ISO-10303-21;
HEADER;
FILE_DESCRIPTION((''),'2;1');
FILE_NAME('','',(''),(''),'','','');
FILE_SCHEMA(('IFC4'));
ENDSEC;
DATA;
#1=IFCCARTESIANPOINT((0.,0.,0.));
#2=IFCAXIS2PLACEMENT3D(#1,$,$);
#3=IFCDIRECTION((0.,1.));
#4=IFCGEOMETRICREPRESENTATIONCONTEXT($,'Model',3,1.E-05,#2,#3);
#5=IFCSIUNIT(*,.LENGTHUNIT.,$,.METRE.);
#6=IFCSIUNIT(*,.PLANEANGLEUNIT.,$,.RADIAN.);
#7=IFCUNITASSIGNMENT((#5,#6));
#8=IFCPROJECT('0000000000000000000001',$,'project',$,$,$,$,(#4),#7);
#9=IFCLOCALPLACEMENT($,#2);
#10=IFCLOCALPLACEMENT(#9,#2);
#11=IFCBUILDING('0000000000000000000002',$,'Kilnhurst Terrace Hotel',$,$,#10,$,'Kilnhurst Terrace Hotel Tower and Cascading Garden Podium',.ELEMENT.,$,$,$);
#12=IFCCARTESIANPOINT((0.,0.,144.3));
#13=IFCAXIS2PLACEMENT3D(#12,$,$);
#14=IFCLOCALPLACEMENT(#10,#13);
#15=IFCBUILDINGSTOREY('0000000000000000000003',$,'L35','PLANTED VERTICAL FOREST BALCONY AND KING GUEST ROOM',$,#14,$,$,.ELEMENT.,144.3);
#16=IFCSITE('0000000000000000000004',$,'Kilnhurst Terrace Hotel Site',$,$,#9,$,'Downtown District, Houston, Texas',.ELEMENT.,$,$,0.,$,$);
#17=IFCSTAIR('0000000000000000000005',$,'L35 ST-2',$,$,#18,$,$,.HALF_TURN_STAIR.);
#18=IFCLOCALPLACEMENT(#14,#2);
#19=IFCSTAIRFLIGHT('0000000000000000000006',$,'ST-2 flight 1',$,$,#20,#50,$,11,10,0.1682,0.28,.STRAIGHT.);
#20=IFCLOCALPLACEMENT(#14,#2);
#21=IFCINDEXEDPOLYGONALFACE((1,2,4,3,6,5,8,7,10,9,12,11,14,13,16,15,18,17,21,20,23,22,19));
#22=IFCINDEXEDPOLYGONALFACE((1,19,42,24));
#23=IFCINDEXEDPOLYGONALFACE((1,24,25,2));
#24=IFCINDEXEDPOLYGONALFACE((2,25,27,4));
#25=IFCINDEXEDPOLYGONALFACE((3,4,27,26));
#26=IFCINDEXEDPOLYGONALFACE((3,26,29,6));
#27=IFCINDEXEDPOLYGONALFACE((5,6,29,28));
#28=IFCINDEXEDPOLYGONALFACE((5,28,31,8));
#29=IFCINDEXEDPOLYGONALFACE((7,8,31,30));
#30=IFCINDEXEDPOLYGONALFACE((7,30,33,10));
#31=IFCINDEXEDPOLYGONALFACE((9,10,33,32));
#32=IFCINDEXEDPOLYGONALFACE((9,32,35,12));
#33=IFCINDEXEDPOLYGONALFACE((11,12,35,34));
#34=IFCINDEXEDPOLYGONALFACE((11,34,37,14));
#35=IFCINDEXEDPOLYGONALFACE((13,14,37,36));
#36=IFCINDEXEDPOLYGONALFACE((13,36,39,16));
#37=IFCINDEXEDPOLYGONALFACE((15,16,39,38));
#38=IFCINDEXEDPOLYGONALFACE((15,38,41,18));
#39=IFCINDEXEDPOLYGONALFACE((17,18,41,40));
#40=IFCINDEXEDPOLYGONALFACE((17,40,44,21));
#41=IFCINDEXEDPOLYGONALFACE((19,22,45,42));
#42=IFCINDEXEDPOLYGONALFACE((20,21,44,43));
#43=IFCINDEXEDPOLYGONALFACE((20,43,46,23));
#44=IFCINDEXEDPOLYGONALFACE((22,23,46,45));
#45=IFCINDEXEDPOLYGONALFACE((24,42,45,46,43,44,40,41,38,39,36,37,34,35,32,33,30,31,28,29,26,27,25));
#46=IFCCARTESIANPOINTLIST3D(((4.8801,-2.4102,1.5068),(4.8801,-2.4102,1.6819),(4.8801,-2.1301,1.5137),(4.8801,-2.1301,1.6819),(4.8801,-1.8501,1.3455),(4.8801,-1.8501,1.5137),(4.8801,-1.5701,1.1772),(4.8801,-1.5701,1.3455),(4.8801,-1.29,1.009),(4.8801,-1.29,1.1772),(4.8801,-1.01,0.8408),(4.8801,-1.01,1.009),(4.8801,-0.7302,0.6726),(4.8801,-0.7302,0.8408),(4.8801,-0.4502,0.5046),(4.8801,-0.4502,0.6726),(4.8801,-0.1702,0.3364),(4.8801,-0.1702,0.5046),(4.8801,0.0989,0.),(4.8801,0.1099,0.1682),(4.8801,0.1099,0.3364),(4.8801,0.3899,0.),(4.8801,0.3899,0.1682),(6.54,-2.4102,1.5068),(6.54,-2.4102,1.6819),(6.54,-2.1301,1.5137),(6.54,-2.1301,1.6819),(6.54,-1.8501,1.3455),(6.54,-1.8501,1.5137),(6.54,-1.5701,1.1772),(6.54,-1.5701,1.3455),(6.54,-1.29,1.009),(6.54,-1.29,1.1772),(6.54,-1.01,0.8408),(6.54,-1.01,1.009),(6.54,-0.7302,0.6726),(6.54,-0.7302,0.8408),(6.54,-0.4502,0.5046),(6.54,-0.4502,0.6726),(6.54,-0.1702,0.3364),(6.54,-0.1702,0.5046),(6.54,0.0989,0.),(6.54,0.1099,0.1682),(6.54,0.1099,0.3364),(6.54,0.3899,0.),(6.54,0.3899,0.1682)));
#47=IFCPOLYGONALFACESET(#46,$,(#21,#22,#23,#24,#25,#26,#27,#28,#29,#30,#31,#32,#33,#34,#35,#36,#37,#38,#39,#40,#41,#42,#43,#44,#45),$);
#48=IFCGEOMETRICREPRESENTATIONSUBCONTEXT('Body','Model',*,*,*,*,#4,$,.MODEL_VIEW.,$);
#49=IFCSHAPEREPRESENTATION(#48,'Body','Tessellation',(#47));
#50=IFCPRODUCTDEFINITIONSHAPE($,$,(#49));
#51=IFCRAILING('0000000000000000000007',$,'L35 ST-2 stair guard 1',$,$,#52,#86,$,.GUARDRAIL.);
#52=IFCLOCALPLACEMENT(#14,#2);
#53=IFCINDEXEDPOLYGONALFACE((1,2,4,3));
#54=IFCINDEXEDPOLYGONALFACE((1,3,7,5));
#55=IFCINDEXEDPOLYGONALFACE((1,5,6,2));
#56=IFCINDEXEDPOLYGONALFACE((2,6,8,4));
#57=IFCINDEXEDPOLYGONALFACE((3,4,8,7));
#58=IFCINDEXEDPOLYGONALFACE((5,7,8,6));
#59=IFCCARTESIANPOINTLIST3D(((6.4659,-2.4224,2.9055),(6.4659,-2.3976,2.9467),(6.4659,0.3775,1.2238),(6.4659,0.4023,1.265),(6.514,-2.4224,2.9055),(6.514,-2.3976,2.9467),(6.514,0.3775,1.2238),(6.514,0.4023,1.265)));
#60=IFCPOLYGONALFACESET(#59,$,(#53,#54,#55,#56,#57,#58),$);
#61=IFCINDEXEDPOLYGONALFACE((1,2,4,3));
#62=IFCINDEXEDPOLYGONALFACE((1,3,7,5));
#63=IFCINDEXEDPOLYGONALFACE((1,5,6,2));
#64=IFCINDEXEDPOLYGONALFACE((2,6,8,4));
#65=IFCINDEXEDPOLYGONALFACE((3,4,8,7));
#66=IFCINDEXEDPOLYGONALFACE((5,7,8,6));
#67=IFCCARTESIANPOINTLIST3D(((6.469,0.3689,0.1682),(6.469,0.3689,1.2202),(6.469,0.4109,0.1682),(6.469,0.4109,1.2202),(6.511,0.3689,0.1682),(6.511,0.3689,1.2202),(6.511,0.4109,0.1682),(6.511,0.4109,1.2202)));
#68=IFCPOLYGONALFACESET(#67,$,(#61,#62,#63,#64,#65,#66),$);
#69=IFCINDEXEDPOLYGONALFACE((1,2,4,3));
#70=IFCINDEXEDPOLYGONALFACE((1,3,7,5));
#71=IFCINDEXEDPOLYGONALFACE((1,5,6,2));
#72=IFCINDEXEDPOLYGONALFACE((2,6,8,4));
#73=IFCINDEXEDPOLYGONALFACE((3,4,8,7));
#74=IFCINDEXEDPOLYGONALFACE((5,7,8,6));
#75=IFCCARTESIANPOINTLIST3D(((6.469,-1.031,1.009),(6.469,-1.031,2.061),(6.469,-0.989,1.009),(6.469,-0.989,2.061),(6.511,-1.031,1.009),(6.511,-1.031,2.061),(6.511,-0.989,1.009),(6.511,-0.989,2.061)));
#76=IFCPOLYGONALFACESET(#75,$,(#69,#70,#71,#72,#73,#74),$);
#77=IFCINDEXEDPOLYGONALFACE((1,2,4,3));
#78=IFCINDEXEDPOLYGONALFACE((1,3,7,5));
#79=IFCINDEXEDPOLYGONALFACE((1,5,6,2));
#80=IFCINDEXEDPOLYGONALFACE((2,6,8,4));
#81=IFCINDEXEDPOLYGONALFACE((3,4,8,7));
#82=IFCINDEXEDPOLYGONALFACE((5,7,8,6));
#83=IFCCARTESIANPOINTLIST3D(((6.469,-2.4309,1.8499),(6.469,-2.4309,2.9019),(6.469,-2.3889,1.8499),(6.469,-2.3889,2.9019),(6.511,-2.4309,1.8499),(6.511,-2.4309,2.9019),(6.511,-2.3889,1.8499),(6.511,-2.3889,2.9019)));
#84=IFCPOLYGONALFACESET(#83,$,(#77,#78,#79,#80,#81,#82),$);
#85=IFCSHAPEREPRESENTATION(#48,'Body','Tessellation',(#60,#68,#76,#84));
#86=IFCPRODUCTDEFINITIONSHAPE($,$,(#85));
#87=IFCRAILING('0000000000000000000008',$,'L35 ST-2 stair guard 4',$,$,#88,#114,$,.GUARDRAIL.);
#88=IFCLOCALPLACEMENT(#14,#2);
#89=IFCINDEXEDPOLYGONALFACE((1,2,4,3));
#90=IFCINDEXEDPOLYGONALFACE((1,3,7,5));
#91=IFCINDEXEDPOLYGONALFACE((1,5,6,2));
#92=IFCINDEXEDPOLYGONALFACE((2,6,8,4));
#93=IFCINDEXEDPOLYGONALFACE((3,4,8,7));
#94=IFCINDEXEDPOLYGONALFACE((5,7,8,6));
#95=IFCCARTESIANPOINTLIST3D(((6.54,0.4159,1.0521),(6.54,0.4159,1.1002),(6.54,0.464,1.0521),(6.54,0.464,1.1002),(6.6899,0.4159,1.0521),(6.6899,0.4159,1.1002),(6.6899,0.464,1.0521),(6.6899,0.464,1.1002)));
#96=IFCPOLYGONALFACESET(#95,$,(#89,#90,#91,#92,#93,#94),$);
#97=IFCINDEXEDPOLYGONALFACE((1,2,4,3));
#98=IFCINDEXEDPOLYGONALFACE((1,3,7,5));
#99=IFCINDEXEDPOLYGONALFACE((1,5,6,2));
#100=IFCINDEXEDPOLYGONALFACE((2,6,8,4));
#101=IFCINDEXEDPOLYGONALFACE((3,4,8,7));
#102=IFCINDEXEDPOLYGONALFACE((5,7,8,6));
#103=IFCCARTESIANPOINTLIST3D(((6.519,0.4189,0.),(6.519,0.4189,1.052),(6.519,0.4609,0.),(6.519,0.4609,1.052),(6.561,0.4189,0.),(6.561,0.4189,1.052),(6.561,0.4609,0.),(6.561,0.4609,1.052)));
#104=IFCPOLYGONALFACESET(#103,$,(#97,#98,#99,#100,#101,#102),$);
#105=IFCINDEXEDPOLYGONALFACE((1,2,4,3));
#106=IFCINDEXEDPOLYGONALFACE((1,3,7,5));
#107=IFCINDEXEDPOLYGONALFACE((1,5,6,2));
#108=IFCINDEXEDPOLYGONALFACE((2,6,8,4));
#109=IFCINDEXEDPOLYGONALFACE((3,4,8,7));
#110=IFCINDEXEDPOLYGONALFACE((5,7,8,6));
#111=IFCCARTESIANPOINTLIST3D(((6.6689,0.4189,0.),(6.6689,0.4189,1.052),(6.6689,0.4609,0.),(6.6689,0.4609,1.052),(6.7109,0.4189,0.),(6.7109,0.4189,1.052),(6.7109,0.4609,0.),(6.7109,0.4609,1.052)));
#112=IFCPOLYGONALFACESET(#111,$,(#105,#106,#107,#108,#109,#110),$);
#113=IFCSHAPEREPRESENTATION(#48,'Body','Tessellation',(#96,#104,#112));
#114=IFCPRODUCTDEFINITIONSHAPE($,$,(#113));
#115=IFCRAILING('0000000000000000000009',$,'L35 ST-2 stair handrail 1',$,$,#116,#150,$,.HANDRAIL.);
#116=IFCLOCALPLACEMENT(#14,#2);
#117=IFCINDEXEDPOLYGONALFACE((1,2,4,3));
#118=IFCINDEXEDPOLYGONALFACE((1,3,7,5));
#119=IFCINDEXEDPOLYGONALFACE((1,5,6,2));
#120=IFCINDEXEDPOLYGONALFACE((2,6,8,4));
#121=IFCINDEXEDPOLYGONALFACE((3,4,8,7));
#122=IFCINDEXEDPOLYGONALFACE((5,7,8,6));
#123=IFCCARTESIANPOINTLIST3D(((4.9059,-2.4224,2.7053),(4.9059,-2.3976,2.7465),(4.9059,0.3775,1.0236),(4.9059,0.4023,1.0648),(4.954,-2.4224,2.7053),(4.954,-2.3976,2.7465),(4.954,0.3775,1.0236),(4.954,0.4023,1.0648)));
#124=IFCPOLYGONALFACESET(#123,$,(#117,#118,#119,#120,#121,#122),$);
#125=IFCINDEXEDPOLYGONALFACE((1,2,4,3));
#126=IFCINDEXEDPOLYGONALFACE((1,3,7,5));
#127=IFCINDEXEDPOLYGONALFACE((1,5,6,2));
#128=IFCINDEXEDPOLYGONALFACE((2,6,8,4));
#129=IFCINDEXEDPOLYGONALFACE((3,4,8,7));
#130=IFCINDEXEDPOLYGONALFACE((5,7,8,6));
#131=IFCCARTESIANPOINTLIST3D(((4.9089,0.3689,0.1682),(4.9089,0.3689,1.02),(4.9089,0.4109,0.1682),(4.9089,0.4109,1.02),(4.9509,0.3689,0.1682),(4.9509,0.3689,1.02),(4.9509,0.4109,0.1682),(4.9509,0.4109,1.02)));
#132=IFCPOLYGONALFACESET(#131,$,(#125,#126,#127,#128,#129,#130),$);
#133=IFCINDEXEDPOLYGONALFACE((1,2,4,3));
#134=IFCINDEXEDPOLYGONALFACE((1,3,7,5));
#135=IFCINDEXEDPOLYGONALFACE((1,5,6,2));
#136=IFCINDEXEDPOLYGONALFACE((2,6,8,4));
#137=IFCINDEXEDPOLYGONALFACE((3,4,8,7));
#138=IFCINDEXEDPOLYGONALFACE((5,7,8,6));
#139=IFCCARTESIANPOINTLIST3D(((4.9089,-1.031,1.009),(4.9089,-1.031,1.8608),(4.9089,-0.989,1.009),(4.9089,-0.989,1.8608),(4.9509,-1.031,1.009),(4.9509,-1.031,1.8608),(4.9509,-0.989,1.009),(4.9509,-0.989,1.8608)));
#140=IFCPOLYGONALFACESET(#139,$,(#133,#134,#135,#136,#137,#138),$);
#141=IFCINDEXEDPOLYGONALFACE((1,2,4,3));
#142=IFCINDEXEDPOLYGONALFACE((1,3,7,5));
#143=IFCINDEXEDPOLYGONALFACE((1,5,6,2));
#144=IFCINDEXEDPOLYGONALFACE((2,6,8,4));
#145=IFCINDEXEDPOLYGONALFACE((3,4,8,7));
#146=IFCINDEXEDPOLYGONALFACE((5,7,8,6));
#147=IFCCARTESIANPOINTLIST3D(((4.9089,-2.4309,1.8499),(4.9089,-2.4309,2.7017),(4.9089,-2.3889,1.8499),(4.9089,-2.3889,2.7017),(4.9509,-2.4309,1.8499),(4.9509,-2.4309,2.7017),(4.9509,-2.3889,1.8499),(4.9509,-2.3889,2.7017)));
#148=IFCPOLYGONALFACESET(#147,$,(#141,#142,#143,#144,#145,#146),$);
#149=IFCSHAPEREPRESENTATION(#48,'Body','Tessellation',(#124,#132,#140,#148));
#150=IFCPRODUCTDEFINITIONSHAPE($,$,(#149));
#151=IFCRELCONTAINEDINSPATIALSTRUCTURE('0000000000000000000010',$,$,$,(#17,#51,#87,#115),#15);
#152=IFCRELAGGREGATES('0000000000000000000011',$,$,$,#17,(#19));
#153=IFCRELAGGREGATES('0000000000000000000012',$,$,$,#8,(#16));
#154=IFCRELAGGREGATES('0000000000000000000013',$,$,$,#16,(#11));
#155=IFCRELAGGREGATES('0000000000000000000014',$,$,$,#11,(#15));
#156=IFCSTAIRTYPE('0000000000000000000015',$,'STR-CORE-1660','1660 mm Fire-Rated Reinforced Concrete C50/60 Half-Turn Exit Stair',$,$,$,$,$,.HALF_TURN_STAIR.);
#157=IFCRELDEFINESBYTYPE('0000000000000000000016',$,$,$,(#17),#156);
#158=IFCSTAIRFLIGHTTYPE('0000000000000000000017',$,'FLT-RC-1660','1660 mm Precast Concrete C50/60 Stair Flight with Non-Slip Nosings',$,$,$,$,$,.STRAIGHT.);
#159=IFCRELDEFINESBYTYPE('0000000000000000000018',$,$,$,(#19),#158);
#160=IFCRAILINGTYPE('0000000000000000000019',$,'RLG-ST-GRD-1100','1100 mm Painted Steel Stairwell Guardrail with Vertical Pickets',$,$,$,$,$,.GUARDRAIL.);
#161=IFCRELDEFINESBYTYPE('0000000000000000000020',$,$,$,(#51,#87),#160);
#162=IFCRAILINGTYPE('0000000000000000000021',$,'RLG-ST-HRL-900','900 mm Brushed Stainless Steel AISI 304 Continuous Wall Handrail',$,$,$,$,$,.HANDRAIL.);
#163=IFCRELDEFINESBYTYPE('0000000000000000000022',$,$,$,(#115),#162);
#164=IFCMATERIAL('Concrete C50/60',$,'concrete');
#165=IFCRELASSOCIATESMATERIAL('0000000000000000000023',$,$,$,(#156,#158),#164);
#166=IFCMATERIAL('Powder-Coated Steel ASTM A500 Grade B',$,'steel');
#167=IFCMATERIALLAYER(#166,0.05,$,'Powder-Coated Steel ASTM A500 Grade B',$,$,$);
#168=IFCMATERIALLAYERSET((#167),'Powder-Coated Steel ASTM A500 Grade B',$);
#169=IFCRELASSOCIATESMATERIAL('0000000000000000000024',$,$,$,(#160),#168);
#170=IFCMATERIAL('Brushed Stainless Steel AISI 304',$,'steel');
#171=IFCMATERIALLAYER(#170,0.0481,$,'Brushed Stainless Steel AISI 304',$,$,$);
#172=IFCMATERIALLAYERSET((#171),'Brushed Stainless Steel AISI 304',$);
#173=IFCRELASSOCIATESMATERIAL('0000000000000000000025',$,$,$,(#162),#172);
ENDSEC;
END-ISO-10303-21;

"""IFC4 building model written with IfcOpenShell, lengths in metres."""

from ifc_helpers import new_model, si_unit, direction, frame, origin, origin_2d, place, context, subcontext, project, spatial, polyline, rectangle, outline, extrude, material, layer, layer_set, type_object, element, aggregate, save


model = new_model("IFC4")

# Units and contexts
model_context = context("Model", 3, precision=1e-05, world=origin(), true_north=direction((0.0, 1.0)))
body_context = subcontext(model_context, "Body", "Model", "MODEL_VIEW")
ifc_project = project(units=[si_unit("LENGTHUNIT", "METRE"), si_unit("PLANEANGLEUNIT", "RADIAN")], contexts=[model_context])

# Site, building, storey
site_placement = place(None, origin())
site = spatial("IfcSite", under=ifc_project, at=site_placement, Name="Kilnhurst Terrace Hotel Site", LongName="Downtown District, Houston, Texas", CompositionType="ELEMENT", RefElevation=0.0)
building_placement = place(site_placement, origin())
building = spatial("IfcBuilding", under=site, at=building_placement, Name="Kilnhurst Terrace Hotel", LongName="Kilnhurst Terrace Hotel Tower and Cascading Garden Podium", CompositionType="ELEMENT")
storey_placement = place(building_placement, frame((0.0, 0.0, 144.3)))
storey = spatial("IfcBuildingStorey", under=building, at=storey_placement, Name="L35", Description="PLANTED VERTICAL FOREST BALCONY AND KING GUEST ROOM", CompositionType="ELEMENT", Elevation=144.3)

# Shared definitions
ifc_material_1 = material(Name="Concrete C50/60", Category="concrete")
stair_type = type_object("IfcStairType", Name="STR-CORE-1660", Description="1660 mm Fire-Rated Reinforced Concrete C50/60 Half-Turn Exit Stair", PredefinedType="HALF_TURN_STAIR", material=ifc_material_1)

# Stair, stair flight
stair_1_placement = place(storey_placement, origin())
stair_1 = element("IfcStair", 1, at=stair_1_placement, inside=storey, type_object=stair_type, Name="L35 ST-2", PredefinedType="HALF_TURN_STAIR")
stair_flight_type = type_object("IfcStairFlightType", Name="FLT-RC-1660", Description="1660 mm Precast Concrete C50/60 Stair Flight with Non-Slip Nosings", PredefinedType="STRAIGHT", material=ifc_material_1)
stair_flight_placement = place(storey_placement, frame((5.71, 0.3899, 0.0), z_axis=(0.0, 0.0, 1.0), x_axis=(0.0, -1.0, 0.0)))
stair_flight = element("IfcStairFlight", 2, at=stair_flight_placement, type_object=stair_flight_type, Name="ST-2 flight 1", NumberOfRisers=11, NumberOfTreads=10, PredefinedType="STRAIGHT", RiserHeight=0.1682, TreadLength=0.28, context=body_context, shape_type="SweptSolid", body=[
    extrude(outline(polyline([(0.0, 0.0), (0.0, 0.1682), (0.28, 0.1682), (0.28, 0.3364), (0.5601, 0.3364), (0.5601, 0.5046), (0.8401, 0.5046), (0.8401, 0.6726), (1.1201, 0.6726), (1.1201, 0.8408), (1.3999, 0.8408), (1.3999, 1.009), (1.6799, 1.009), (1.6799, 1.1772), (1.96, 1.1772), (1.96, 1.3455), (2.24, 1.3455), (2.24, 1.5137), (2.52, 1.5137), (2.52, 1.6819), (2.8, 1.6819), (2.8, 1.8501), (2.8, 1.5068), (0.291, 0.0), (0.0, 0.0)])), frame((0.0, 0.8301, 0.0), z_axis=(0.0, -1.0, 0.0), x_axis=(1.0, 0.0, 0.0)), (0.0, 0.0, 1.0), 1.6599),
])
aggregate(stair_1, [stair_flight])

# Railings
ifc_material_2 = material(Name="Powder-Coated Steel ASTM A500 Grade B", Category="steel")
ifc_layer_1 = layer(ifc_material_2, 0.05, Name="Powder-Coated Steel ASTM A500 Grade B")
ifc_layer_set_1 = layer_set([ifc_layer_1], Name="Powder-Coated Steel ASTM A500 Grade B")
railing_type_1 = type_object("IfcRailingType", Name="RLG-ST-GRD-1100", Description="1100 mm Painted Steel Stairwell Guardrail with Vertical Pickets", PredefinedType="GUARDRAIL", material=ifc_layer_set_1)
railing_1_placement = place(storey_placement, frame((6.49, 0.3899, 0.1682)))
element("IfcRailing", 3, at=railing_1_placement, inside=storey, type_object=railing_type_1, Name="L35 ST-2 stair guard 1", PredefinedType="GUARDRAIL", context=body_context, shape_type="SweptSolid", body=[
    extrude(rectangle(XDim=0.0481, YDim=0.0481, at=origin_2d()), frame((0.0, 0.0, 1.0762), z_axis=(0.0, -0.857255, 0.514891), x_axis=(1.0, 0.0, 0.0)), (0.0, 0.0, 1.0), 3.2661),
    extrude(rectangle(XDim=0.042, YDim=0.042, at=origin_2d()), origin(), (0.0, 0.0, 1.0), 1.052),
    extrude(rectangle(XDim=0.042, YDim=0.042, at=origin_2d()), frame((0.0, -1.3999, 0.8408)), (0.0, 0.0, 1.0), 1.052),
    extrude(rectangle(XDim=0.042, YDim=0.042, at=origin_2d()), frame((0.0, -2.7998, 1.6816)), (0.0, 0.0, 1.0), 1.052),
])
railing_2_placement = place(storey_placement, frame((6.54, 0.4399, 0.0)))
element("IfcRailing", 4, at=railing_2_placement, inside=storey, type_object=railing_type_1, Name="L35 ST-2 stair guard 4", PredefinedType="GUARDRAIL", context=body_context, shape_type="SweptSolid", body=[
    extrude(rectangle(XDim=0.0481, YDim=0.0481, at=origin_2d()), frame((0.0, 0.0, 1.0762), z_axis=(1.0, 0.0, 0.0), x_axis=(0.0, 1.0, 0.0)), (0.0, 0.0, 1.0), 0.1499),
    extrude(rectangle(XDim=0.042, YDim=0.042, at=origin_2d()), origin(), (0.0, 0.0, 1.0), 1.052),
    extrude(rectangle(XDim=0.042, YDim=0.042, at=origin_2d()), frame((0.1499, 0.0, 0.0)), (0.0, 0.0, 1.0), 1.052),
])
ifc_material_3 = material(Name="Brushed Stainless Steel AISI 304", Category="steel")
ifc_layer_2 = layer(ifc_material_3, 0.0481, Name="Brushed Stainless Steel AISI 304")
ifc_layer_set_2 = layer_set([ifc_layer_2], Name="Brushed Stainless Steel AISI 304")
railing_type_2 = type_object("IfcRailingType", Name="RLG-ST-HRL-900", Description="900 mm Brushed Stainless Steel AISI 304 Continuous Wall Handrail", PredefinedType="HANDRAIL", material=ifc_layer_set_2)
railing_3_placement = place(storey_placement, frame((4.9299, 0.3899, 0.1682)))
element("IfcRailing", 5, at=railing_3_placement, inside=storey, type_object=railing_type_2, Name="L35 ST-2 stair handrail 1", PredefinedType="HANDRAIL", context=body_context, shape_type="SweptSolid", body=[
    extrude(rectangle(XDim=0.0481, YDim=0.0481, at=origin_2d()), frame((0.0, 0.0, 0.876), z_axis=(0.0, -0.857255, 0.514891), x_axis=(1.0, 0.0, 0.0)), (0.0, 0.0, 1.0), 3.2661),
    extrude(rectangle(XDim=0.042, YDim=0.042, at=origin_2d()), origin(), (0.0, 0.0, 1.0), 0.8518),
    extrude(rectangle(XDim=0.042, YDim=0.042, at=origin_2d()), frame((0.0, -1.3999, 0.8408)), (0.0, 0.0, 1.0), 0.8518),
    extrude(rectangle(XDim=0.042, YDim=0.042, at=origin_2d()), frame((0.0, -2.7998, 1.6816)), (0.0, 0.0, 1.0), 0.8518),
])

save(model, "model.ifc")
